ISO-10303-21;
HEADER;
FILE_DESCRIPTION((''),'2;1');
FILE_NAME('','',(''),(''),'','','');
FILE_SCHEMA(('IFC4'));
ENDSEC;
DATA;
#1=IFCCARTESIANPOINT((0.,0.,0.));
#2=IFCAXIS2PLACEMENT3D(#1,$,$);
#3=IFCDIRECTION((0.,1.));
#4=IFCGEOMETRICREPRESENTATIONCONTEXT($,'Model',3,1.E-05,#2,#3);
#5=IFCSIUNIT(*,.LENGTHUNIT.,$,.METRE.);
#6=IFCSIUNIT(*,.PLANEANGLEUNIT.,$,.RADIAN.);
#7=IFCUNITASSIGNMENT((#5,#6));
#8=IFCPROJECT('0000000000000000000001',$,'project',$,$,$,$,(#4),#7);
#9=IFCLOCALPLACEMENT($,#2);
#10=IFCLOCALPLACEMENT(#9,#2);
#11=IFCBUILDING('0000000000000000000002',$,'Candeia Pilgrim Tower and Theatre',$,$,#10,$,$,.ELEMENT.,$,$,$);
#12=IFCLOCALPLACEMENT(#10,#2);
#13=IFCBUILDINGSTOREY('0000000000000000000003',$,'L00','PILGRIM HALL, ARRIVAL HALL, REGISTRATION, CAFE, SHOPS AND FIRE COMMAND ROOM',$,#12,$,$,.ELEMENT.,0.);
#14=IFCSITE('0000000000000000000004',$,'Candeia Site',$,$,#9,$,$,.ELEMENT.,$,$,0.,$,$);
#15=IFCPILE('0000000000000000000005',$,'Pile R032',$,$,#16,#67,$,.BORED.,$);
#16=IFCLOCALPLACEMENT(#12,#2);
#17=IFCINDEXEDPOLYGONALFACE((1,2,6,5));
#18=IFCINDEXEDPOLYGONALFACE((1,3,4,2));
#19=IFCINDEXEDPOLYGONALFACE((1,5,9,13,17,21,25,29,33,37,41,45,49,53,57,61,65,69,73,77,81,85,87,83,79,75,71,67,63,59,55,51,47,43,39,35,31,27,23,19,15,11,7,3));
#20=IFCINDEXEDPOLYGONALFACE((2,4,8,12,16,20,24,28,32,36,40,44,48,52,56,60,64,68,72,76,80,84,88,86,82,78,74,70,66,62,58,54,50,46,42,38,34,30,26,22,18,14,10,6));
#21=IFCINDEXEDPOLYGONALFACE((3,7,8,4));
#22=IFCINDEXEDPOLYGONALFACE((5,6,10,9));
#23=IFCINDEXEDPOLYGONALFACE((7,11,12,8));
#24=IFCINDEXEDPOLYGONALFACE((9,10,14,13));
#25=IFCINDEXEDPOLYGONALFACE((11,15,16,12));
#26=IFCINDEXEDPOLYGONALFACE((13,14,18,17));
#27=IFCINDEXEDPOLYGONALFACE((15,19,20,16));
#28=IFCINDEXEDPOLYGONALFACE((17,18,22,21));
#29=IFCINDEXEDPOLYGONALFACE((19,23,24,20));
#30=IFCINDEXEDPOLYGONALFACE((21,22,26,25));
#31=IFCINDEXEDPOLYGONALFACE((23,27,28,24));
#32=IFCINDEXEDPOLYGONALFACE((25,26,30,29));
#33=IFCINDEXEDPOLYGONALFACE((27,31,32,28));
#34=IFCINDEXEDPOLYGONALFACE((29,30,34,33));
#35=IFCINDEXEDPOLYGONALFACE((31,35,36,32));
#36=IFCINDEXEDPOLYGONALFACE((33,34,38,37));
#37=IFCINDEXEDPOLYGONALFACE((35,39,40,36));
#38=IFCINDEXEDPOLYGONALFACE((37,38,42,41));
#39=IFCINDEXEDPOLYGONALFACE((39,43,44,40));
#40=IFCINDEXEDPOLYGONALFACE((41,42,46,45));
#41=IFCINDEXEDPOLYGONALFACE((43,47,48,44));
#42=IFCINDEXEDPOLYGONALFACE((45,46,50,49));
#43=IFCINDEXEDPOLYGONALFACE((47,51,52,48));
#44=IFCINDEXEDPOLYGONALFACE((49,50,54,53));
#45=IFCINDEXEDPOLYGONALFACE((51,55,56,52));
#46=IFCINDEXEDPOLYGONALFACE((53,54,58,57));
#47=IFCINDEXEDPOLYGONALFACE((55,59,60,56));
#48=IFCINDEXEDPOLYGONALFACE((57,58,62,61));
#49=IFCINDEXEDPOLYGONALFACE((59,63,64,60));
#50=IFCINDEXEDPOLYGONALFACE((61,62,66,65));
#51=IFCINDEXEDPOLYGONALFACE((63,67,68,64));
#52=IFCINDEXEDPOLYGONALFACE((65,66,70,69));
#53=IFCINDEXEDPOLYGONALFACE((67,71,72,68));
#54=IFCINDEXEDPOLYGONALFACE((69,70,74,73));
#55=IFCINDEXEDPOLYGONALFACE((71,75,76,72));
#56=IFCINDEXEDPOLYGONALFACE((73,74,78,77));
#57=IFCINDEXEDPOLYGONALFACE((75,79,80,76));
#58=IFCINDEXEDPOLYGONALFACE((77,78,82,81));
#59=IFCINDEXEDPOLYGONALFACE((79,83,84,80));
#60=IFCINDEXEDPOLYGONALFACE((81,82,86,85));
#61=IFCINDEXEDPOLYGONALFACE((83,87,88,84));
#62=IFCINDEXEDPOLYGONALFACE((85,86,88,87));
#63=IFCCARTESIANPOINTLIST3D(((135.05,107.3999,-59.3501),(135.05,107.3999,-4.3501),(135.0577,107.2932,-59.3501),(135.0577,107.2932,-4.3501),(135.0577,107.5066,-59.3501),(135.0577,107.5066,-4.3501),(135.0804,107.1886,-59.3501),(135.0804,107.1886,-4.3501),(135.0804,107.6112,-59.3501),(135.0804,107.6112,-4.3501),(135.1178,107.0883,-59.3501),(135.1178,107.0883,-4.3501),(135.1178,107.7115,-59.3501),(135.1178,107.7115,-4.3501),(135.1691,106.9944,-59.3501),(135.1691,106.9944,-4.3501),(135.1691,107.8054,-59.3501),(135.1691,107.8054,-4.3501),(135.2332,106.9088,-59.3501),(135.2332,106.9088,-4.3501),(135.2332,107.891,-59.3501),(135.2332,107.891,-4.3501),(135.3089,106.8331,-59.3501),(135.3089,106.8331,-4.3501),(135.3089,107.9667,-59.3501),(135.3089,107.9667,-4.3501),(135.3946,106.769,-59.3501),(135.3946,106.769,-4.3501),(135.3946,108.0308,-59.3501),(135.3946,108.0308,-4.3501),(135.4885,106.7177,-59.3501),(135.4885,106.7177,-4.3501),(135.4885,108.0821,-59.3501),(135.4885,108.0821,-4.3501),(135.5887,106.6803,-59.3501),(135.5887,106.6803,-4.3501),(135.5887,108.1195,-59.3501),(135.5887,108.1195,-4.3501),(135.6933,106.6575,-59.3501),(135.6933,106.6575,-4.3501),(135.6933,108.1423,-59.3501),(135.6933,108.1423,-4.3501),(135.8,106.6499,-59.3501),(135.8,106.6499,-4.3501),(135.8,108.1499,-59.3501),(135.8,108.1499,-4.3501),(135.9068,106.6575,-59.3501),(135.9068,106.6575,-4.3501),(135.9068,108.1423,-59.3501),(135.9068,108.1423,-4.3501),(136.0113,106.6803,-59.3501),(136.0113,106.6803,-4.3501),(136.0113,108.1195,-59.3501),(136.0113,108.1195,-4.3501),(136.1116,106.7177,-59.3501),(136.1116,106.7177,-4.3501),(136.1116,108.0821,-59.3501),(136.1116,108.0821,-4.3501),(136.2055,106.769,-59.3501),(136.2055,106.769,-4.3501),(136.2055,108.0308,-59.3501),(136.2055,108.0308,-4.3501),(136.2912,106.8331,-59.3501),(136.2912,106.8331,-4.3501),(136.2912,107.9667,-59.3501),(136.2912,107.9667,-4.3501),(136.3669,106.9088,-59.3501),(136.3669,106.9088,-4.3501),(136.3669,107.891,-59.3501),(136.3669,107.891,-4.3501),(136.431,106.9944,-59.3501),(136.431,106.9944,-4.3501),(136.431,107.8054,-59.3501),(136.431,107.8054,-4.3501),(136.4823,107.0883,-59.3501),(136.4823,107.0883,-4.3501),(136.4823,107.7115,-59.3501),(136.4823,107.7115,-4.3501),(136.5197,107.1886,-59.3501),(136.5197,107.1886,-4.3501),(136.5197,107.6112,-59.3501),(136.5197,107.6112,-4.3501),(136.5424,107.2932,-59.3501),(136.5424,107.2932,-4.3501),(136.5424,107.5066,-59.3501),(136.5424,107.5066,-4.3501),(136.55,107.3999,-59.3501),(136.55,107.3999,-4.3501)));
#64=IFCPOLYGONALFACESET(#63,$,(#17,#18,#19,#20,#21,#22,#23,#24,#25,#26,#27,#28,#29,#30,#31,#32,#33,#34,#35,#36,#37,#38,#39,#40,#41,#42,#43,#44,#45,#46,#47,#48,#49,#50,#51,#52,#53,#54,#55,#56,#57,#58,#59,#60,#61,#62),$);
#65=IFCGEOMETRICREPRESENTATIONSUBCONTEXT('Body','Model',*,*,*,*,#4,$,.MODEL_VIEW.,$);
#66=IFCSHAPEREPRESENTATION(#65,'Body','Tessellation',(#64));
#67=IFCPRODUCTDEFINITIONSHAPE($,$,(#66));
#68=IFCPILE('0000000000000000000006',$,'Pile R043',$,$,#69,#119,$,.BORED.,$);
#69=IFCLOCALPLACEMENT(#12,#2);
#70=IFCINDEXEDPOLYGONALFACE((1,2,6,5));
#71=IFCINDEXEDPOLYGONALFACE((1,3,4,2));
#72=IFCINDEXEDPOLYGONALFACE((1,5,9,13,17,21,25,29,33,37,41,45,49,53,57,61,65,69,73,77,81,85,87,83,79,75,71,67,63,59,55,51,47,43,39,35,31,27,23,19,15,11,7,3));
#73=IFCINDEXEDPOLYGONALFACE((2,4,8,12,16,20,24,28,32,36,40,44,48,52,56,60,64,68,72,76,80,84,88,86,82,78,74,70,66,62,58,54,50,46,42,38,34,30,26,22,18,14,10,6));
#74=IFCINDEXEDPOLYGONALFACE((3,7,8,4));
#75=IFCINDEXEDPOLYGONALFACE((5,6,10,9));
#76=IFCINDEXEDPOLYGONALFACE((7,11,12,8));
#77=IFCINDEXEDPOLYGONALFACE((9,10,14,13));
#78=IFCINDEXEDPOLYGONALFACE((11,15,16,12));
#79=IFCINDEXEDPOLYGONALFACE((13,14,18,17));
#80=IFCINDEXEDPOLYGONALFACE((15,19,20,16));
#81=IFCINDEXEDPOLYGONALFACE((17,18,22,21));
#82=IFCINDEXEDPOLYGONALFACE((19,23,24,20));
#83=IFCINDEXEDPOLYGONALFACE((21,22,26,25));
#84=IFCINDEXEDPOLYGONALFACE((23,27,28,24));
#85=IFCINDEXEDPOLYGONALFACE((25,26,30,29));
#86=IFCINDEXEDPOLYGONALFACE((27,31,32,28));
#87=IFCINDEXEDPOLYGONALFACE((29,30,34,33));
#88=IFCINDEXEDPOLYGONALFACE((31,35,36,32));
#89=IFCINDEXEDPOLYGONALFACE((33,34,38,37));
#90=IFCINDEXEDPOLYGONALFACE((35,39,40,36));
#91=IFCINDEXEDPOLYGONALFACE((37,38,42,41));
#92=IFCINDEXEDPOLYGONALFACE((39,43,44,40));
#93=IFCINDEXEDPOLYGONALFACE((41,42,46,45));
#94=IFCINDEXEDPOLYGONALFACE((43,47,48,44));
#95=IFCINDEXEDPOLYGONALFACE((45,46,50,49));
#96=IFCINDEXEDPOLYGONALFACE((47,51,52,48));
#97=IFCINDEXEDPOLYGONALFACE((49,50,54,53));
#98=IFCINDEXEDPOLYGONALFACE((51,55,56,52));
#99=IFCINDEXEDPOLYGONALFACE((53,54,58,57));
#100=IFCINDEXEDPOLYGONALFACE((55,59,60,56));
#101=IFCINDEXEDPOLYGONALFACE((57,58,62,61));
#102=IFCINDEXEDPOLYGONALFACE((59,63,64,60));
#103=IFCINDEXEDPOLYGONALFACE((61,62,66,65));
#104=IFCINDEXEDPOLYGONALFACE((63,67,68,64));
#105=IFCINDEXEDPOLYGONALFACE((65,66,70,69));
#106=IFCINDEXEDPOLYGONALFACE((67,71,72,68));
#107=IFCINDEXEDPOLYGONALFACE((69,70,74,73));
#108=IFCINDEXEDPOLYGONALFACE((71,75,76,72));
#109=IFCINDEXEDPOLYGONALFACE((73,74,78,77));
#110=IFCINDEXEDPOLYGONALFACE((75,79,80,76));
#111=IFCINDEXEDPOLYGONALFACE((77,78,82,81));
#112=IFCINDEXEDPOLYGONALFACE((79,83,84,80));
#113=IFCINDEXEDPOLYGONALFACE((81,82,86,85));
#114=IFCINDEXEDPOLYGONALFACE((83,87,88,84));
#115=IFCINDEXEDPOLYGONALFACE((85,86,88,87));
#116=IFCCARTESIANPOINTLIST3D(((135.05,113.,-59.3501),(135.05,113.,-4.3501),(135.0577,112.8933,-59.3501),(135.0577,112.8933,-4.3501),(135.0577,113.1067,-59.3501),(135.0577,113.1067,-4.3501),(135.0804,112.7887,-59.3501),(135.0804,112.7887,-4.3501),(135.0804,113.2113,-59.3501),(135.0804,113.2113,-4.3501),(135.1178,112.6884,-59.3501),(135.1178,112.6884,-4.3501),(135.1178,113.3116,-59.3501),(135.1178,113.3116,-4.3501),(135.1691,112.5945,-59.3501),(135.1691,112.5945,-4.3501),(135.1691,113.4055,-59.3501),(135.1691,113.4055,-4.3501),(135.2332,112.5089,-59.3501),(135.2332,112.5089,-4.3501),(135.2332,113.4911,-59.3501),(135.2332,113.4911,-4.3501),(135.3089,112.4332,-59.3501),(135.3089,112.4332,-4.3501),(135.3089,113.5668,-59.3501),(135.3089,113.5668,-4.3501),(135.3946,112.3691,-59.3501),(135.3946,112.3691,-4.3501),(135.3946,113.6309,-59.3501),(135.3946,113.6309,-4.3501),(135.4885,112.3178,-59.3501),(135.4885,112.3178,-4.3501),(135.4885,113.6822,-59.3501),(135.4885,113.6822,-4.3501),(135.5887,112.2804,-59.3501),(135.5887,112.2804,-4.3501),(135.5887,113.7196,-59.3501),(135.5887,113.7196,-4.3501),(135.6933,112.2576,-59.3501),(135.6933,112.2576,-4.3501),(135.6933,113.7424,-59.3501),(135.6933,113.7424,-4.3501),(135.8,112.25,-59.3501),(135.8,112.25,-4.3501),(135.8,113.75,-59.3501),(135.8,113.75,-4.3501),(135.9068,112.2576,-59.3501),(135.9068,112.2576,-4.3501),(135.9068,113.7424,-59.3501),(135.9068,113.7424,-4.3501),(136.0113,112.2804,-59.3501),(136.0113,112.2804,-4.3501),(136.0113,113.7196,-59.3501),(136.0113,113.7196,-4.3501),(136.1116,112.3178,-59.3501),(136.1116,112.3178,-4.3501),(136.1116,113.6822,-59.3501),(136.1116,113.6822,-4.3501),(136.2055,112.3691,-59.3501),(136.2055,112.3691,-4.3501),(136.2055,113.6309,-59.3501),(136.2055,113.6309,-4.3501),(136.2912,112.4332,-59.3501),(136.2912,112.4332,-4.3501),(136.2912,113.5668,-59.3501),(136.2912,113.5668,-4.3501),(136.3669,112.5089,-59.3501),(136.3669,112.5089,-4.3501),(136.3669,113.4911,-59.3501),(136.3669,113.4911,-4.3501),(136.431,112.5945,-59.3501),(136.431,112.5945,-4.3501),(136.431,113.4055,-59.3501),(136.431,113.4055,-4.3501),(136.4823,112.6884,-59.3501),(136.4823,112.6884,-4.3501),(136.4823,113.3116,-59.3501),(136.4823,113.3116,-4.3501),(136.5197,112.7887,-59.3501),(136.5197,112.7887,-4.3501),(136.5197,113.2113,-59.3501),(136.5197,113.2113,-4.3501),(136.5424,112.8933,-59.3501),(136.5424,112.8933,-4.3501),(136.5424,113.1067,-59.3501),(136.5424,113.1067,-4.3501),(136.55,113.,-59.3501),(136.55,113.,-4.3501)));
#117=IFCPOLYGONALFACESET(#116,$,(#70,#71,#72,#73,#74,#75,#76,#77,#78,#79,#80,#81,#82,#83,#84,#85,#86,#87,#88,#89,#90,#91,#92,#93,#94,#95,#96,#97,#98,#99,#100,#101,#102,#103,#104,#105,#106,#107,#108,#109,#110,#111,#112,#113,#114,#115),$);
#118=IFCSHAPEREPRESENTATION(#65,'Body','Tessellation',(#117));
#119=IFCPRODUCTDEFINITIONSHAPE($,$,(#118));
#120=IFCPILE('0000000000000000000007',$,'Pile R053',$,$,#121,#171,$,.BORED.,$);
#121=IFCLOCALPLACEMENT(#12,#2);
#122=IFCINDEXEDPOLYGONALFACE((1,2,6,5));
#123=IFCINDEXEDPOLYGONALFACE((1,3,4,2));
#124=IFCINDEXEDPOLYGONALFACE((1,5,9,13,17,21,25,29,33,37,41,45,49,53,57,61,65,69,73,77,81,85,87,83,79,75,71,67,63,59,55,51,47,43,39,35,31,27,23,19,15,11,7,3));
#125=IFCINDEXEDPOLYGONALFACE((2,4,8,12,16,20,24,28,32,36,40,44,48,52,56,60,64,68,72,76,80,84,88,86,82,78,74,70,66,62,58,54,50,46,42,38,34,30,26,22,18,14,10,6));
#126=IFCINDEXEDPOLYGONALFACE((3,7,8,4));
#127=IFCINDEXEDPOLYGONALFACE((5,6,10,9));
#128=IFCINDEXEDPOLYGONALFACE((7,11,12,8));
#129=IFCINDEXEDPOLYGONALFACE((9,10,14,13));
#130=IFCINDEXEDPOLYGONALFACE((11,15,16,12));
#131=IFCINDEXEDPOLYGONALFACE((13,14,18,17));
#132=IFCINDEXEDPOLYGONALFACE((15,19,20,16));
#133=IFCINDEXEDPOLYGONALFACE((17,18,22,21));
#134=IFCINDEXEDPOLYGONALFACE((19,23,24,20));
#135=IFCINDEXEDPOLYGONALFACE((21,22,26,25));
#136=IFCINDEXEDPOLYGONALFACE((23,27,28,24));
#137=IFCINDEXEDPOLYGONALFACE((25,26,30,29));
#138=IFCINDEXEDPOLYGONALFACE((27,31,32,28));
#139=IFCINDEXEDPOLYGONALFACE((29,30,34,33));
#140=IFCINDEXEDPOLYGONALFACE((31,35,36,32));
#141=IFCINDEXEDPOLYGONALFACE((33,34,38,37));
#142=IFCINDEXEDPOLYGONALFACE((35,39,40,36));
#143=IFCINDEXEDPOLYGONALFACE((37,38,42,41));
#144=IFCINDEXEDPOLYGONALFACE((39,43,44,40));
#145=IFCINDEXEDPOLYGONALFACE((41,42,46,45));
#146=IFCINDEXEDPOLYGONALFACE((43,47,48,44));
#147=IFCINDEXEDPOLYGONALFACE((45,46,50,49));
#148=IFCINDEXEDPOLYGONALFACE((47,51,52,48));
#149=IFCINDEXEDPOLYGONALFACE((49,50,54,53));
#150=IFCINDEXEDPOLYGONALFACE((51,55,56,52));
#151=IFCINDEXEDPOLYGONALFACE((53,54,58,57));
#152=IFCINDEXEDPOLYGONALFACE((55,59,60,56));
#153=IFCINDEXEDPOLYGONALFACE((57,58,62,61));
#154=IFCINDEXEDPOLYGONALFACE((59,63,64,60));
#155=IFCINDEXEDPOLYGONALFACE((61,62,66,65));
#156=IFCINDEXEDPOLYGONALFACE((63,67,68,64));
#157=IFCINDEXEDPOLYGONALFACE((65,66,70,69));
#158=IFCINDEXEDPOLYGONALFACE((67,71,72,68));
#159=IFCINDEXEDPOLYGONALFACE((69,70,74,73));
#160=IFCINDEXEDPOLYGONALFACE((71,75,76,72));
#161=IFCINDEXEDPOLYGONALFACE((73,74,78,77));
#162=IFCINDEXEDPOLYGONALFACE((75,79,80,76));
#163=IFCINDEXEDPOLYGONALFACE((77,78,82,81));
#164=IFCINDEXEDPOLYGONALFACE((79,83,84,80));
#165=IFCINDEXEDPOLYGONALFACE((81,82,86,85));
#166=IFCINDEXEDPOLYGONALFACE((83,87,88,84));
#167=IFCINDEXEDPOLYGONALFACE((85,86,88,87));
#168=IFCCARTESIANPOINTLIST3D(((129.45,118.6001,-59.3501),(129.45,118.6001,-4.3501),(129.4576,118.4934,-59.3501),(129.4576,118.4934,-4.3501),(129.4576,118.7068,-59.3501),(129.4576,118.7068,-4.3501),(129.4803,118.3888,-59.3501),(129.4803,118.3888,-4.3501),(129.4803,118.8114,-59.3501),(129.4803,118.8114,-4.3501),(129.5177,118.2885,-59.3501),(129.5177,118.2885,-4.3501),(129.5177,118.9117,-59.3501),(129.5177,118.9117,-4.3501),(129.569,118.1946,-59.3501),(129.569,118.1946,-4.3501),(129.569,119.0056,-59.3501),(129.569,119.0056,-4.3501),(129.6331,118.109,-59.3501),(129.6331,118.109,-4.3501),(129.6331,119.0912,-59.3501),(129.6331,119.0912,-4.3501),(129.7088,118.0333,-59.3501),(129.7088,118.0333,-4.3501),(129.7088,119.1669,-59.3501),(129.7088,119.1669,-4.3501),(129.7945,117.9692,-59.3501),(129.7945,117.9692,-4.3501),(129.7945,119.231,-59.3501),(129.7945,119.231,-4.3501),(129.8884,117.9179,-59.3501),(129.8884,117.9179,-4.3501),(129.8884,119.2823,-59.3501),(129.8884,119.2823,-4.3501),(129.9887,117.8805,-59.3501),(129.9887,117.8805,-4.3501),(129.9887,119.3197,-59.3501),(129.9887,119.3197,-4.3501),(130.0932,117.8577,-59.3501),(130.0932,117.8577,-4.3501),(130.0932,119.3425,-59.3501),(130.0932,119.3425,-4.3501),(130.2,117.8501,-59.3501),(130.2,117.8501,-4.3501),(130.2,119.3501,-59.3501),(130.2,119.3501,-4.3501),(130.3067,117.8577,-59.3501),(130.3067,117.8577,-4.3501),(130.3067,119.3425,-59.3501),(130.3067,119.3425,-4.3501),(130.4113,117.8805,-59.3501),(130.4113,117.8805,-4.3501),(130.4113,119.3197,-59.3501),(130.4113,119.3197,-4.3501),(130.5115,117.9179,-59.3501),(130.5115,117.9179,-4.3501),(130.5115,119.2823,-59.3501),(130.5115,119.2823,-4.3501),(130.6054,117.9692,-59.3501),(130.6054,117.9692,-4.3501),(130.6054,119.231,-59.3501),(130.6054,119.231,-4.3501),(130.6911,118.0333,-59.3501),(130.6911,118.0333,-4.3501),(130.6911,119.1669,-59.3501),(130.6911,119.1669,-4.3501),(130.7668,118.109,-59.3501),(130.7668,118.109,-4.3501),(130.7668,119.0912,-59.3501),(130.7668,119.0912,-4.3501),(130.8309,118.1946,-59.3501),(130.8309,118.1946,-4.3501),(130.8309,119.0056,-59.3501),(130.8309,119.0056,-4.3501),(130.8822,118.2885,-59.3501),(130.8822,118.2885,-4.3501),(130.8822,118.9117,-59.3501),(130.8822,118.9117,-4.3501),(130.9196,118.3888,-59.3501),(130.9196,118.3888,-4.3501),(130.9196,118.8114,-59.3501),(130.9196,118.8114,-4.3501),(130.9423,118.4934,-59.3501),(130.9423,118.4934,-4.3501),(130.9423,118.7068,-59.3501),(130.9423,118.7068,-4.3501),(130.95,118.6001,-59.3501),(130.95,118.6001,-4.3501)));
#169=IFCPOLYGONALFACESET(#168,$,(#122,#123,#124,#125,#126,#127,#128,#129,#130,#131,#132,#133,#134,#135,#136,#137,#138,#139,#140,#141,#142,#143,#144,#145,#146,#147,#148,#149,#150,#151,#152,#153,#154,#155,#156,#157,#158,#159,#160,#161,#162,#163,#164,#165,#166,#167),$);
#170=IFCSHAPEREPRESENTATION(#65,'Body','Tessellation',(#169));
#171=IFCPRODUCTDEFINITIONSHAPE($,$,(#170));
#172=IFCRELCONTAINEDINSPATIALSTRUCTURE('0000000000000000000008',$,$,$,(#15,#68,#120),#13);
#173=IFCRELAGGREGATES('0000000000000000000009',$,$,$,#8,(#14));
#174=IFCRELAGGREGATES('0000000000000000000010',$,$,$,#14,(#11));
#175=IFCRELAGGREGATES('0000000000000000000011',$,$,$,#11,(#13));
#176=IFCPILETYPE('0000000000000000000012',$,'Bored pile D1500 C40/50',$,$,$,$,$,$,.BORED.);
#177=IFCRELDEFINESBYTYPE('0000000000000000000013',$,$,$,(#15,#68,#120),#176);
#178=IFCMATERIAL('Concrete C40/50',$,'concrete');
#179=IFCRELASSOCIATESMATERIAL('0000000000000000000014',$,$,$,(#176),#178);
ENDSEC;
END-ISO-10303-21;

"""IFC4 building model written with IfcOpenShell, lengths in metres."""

from ifc_helpers import new_model, si_unit, direction, frame, origin, origin_2d, place, context, subcontext, project, spatial, circle, extrude, material, material_profile, profile_set, type_object, element, save


model = new_model("IFC4")

# Units and contexts
model_context = context("Model", 3, precision=1e-05, world=origin(), true_north=direction((0.0, 1.0)))
body_context = subcontext(model_context, "Body", "Model", "MODEL_VIEW")
ifc_project = project(units=[si_unit("LENGTHUNIT", "METRE"), si_unit("PLANEANGLEUNIT", "RADIAN")], contexts=[model_context])

# Site, building, storey
site_placement = place(None, origin())
site = spatial("IfcSite", under=ifc_project, at=site_placement, Name="Candeia Site", CompositionType="ELEMENT", RefElevation=0.0)
building_placement = place(site_placement, origin())
building = spatial("IfcBuilding", under=site, at=building_placement, Name="Candeia Pilgrim Tower and Theatre", CompositionType="ELEMENT")
storey_placement = place(building_placement, origin())
storey = spatial("IfcBuildingStorey", under=building, at=storey_placement, Name="L00", Description="PILGRIM HALL, ARRIVAL HALL, REGISTRATION, CAFE, SHOPS AND FIRE COMMAND ROOM", CompositionType="ELEMENT", Elevation=0.0)

# Piles
ifc_material_1 = material(Name="Concrete C40/50", Category="concrete")
ifc_material_profile = material_profile(ifc_material_1, circle(Radius=0.75, at=origin_2d()))
ifc_profile_set = profile_set([ifc_material_profile], Name="Concrete C40/50")
pile_type = type_object("IfcPileType", Name="Bored pile D1500 C40/50", PredefinedType="BORED", material=ifc_profile_set)
for number, where, z_axis, x_axis, name in (
    (1, (135.8, 107.3999, -4.3501), (0.0, 0.0, -1.0), (1.0, 0.0, 0.0), "Pile R032"),
    (2, (135.8, 113.0, -4.3501), (0.0, 0.0, -1.0), (1.0, 0.0, 0.0), "Pile R043"),
    (3, (130.2, 118.6001, -4.3501), (0.0, 0.0, -1.0), (1.0, 0.0, 0.0), "Pile R053"),
):
    element("IfcPile", number, at=place(storey_placement, frame(where, z_axis=z_axis, x_axis=x_axis)), inside=storey, type_object=pile_type, Name=name, PredefinedType="BORED", context=body_context, shape_type="SweptSolid", body=[
        extrude(circle(Radius=0.75, at=origin_2d()), origin(), (0.0, 0.0, 1.0), 55.0),
    ])

save(model, "model.ifc")
